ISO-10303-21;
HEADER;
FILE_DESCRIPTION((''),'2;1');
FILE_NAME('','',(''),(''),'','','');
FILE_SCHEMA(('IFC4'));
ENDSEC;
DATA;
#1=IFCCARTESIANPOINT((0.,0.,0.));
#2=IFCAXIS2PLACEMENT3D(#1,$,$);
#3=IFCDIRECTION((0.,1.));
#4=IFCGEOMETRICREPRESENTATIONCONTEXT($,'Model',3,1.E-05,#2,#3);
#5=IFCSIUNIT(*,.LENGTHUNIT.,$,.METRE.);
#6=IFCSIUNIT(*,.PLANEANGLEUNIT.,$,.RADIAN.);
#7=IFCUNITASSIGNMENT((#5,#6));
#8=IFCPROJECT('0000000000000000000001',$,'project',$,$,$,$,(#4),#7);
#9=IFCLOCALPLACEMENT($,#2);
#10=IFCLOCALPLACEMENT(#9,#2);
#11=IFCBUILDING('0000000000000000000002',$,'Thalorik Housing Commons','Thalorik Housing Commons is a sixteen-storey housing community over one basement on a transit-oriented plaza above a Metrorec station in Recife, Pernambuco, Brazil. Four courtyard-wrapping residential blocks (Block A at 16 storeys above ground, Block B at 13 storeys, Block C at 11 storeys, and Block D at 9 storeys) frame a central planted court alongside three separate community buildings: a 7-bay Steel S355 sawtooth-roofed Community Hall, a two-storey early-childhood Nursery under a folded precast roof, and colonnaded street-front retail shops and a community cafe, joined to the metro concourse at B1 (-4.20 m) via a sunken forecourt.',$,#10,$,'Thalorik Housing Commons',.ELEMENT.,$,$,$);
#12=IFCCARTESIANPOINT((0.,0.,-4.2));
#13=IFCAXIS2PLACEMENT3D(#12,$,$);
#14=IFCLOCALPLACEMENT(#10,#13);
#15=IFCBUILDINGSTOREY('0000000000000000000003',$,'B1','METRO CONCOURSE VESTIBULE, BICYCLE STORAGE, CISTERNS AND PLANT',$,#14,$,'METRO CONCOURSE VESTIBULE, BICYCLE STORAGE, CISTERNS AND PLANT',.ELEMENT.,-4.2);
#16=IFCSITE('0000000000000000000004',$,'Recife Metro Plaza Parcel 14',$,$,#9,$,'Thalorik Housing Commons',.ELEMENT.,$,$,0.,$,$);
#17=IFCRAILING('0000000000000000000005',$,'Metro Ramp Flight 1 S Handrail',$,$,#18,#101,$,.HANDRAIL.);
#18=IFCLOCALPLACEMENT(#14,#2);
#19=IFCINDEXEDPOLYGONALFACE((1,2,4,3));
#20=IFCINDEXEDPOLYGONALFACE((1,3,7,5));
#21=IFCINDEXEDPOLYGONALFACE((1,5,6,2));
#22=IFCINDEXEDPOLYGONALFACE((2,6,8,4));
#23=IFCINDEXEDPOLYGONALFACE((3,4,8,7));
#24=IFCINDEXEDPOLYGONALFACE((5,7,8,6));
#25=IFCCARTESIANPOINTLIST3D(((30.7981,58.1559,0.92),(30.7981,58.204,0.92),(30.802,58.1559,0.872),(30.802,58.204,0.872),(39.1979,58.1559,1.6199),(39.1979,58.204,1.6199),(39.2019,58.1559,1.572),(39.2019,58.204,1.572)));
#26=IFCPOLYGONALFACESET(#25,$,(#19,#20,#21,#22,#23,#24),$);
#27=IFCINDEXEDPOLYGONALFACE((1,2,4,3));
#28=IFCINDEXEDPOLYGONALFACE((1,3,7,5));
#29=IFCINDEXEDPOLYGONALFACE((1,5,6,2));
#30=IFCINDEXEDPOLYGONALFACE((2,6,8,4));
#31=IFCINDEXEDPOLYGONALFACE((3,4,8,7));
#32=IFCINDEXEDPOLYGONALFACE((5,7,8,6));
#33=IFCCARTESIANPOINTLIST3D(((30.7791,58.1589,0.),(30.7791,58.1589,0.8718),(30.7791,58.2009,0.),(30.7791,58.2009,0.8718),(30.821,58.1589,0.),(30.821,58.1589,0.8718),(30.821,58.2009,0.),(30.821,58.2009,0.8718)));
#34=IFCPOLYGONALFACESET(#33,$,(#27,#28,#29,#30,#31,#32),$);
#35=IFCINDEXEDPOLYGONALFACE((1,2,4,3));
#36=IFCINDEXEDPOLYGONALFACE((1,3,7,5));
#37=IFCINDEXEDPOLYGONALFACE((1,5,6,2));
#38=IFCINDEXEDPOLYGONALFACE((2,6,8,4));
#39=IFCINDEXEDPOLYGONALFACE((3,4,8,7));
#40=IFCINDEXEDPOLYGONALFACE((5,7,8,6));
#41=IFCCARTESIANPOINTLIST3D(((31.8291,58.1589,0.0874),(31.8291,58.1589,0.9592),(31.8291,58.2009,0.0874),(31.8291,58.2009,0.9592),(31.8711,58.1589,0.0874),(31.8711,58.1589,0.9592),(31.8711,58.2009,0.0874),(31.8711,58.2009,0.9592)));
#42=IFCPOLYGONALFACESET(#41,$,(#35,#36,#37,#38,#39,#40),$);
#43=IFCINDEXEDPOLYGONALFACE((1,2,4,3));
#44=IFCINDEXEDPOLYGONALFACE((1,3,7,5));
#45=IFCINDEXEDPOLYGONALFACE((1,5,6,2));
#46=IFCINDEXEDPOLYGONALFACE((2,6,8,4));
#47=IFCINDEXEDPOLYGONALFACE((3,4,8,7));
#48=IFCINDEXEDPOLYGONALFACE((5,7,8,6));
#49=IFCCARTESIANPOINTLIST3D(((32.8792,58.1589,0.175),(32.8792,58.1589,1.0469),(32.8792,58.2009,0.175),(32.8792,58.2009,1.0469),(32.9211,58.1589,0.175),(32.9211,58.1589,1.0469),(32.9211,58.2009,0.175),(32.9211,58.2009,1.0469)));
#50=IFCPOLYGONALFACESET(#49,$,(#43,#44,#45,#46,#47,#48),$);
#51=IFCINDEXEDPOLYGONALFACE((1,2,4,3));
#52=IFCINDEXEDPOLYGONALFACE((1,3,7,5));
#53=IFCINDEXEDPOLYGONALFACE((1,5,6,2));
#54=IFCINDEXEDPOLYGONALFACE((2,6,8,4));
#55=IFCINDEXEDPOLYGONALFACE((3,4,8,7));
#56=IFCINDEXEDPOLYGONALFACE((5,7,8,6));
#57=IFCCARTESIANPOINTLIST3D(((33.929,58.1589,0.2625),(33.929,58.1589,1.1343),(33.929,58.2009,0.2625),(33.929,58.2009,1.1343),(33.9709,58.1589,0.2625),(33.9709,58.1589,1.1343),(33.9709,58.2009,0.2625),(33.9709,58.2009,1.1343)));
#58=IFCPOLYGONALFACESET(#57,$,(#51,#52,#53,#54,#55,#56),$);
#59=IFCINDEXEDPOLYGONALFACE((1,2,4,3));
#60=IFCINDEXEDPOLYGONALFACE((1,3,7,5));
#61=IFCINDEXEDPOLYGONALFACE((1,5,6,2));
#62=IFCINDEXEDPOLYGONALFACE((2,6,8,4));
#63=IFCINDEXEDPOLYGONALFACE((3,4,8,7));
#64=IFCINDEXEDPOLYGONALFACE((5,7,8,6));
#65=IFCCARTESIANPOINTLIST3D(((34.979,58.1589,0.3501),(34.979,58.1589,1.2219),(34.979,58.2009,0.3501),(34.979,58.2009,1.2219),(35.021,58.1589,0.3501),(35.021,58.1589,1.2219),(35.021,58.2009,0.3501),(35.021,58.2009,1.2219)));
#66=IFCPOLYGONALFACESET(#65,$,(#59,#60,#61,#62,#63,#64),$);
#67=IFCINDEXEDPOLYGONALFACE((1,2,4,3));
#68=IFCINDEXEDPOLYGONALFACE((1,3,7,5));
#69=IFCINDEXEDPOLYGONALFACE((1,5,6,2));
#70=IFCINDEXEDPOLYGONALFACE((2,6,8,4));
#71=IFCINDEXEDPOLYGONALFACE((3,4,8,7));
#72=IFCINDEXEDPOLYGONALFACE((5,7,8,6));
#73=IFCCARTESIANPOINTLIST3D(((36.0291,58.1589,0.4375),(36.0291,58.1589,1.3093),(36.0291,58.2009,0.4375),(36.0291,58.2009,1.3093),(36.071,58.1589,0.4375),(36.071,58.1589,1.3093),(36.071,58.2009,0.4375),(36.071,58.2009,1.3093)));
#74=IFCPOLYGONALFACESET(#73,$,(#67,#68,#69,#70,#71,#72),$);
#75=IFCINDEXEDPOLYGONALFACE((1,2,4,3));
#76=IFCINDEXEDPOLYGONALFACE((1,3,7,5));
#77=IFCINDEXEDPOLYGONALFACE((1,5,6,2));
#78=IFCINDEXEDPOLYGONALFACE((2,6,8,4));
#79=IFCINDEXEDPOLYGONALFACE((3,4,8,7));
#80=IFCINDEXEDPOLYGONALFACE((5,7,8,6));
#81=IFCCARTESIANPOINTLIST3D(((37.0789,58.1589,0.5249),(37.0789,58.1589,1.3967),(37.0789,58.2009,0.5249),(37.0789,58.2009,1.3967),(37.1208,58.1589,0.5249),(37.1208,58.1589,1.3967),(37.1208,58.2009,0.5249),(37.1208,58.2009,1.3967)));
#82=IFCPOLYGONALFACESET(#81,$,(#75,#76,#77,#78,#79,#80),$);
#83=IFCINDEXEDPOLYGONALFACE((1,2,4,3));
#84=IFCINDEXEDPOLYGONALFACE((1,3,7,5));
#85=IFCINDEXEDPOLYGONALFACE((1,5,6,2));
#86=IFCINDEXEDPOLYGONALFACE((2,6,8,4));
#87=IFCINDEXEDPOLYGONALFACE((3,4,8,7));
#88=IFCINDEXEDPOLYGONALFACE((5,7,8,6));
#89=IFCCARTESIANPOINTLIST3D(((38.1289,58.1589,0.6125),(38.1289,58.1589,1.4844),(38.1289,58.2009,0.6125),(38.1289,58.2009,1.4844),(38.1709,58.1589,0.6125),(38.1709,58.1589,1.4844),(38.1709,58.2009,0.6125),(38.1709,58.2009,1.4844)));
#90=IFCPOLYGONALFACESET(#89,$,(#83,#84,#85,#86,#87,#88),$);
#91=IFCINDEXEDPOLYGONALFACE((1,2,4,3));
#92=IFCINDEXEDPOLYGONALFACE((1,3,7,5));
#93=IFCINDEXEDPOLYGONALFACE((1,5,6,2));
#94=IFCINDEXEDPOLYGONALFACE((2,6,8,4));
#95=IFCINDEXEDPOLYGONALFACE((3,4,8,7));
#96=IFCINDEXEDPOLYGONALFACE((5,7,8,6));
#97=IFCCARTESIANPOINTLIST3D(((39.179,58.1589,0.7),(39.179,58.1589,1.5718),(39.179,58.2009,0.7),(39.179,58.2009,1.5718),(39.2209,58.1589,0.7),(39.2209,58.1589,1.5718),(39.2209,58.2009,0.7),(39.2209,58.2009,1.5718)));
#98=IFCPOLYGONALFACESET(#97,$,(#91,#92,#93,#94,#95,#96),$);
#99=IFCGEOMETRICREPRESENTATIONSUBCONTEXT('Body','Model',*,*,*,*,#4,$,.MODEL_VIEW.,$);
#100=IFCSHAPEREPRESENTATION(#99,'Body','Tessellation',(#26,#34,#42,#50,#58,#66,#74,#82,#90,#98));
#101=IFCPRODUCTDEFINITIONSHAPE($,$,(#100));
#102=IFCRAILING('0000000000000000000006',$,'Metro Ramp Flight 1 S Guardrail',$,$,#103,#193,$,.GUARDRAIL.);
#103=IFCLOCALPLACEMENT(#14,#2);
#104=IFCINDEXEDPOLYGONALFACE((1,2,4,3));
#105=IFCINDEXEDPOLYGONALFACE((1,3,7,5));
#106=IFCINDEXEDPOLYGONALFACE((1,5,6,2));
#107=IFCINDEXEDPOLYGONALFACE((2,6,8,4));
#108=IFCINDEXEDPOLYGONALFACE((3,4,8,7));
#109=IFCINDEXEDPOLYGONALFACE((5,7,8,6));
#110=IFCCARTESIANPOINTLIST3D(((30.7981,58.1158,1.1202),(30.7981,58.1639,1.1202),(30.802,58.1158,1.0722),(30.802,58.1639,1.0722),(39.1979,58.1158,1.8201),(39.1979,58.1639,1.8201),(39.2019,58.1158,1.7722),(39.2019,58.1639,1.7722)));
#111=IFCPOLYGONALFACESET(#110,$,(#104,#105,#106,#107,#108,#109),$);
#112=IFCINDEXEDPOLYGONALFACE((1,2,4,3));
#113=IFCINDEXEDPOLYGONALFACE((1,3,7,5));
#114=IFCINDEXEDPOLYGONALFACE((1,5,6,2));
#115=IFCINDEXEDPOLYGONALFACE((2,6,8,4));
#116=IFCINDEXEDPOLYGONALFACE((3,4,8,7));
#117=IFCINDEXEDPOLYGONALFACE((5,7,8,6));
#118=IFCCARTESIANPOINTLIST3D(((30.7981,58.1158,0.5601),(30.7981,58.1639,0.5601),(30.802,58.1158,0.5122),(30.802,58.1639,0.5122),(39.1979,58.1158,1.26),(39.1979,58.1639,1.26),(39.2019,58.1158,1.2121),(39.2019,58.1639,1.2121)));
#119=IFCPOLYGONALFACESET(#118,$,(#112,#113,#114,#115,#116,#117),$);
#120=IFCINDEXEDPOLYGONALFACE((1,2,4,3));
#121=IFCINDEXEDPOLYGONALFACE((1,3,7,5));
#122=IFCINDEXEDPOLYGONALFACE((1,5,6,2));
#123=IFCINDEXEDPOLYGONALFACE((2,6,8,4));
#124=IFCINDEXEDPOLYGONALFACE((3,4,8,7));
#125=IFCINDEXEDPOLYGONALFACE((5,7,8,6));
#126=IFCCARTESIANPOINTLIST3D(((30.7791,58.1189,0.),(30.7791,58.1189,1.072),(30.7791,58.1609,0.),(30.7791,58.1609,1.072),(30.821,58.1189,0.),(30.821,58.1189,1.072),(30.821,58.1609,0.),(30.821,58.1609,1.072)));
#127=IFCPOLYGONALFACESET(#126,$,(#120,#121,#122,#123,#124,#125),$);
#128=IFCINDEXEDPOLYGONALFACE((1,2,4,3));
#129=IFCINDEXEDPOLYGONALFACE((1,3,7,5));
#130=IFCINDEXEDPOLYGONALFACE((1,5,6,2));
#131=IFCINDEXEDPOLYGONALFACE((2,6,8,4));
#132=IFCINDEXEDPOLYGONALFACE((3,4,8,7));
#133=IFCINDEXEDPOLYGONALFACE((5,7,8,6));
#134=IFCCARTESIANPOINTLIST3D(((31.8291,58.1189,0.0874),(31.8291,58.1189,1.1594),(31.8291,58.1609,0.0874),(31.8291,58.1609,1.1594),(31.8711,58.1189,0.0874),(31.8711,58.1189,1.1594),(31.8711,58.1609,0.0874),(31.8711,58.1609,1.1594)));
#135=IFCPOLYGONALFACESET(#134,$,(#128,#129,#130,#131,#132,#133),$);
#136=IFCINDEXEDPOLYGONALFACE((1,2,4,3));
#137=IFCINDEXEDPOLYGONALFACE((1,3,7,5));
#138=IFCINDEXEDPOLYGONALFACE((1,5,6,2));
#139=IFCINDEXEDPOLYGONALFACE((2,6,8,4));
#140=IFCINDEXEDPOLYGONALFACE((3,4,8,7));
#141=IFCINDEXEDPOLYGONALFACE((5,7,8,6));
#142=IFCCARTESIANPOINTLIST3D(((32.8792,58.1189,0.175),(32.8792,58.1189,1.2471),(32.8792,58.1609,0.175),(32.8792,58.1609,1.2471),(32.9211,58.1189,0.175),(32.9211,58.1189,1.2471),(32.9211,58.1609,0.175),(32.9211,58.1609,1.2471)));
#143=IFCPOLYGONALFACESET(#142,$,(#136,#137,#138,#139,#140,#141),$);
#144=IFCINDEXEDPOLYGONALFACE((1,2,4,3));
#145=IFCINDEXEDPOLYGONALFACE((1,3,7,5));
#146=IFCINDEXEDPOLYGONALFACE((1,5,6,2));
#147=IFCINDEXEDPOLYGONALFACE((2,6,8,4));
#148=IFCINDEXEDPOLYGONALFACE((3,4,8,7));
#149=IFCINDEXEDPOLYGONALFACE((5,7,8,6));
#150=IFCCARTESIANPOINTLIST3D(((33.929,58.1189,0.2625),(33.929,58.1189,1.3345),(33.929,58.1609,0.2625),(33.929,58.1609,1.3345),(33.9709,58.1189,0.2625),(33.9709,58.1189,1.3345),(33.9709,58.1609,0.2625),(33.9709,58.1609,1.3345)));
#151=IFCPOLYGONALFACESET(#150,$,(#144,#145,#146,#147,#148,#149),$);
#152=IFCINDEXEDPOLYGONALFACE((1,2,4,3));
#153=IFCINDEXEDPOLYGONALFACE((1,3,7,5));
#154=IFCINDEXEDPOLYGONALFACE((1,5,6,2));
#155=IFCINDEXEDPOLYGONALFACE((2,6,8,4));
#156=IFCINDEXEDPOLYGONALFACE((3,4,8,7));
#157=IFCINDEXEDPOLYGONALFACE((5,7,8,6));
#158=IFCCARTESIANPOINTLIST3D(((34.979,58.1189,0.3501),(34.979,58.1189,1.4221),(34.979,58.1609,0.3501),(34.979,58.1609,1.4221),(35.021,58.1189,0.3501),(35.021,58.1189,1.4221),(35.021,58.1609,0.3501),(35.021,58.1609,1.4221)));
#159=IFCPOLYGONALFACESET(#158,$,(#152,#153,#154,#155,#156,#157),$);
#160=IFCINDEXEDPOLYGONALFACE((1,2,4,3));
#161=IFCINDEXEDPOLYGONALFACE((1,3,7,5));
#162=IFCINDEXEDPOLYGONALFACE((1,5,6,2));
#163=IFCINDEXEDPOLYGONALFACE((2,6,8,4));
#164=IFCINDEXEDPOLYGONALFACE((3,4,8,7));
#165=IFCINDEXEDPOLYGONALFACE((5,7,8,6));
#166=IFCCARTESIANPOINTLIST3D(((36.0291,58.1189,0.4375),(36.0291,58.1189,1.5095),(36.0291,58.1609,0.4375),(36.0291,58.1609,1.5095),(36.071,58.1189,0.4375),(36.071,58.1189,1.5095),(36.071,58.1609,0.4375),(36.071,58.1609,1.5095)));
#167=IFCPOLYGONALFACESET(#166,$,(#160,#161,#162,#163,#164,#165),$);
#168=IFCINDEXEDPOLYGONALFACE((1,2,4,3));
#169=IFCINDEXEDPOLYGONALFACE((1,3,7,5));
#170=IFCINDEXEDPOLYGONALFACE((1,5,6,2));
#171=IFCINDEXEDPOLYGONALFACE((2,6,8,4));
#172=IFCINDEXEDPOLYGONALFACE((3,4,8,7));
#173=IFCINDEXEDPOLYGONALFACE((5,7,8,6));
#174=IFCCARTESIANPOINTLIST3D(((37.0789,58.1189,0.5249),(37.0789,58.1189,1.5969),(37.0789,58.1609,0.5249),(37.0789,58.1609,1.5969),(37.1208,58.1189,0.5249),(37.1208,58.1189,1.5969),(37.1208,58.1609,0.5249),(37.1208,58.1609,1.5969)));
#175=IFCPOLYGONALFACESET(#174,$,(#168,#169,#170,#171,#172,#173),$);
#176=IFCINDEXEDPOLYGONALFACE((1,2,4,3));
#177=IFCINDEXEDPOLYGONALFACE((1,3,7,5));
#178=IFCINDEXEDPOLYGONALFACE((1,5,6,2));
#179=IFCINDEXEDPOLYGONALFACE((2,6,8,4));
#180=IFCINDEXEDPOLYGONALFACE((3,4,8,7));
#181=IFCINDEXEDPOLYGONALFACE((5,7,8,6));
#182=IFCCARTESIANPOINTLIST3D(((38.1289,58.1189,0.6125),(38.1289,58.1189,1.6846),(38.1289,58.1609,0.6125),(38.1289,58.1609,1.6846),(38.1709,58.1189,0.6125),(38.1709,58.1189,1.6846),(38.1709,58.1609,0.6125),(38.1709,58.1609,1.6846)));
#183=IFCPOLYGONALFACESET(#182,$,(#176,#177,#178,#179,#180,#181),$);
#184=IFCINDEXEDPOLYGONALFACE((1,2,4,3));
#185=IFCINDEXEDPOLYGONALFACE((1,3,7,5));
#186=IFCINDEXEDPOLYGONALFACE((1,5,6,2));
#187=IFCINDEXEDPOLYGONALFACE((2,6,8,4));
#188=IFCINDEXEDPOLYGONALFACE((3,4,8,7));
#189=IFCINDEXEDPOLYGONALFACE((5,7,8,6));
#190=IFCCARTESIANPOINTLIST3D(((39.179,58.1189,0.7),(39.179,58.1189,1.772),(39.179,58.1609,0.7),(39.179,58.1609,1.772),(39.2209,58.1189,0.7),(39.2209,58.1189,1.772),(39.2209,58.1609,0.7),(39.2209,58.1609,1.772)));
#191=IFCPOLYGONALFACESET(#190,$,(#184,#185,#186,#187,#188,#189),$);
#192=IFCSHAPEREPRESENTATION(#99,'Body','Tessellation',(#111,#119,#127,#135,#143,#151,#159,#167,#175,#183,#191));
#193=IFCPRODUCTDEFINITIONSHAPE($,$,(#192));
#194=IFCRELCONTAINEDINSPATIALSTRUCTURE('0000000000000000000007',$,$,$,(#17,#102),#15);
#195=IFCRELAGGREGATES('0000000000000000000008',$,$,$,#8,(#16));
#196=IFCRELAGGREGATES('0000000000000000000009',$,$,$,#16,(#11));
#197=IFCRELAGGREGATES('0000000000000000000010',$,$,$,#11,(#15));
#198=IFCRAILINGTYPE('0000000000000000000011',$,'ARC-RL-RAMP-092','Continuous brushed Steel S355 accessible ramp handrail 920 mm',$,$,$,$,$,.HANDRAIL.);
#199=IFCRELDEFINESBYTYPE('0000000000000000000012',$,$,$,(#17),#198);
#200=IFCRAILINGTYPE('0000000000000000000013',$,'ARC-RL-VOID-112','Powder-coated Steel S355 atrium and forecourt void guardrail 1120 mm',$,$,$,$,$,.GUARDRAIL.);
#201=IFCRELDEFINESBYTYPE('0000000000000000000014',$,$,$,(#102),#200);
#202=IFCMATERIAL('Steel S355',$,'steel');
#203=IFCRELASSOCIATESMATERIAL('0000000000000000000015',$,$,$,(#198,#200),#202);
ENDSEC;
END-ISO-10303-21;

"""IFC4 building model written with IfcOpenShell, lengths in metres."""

from ifc_helpers import new_model, si_unit, direction, frame, origin, origin_2d, place, context, subcontext, project, spatial, rectangle, extrude, material, type_object, element, save


model = new_model("IFC4")

# Units and contexts
model_context = context("Model", 3, precision=1e-05, world=origin(), true_north=direction((0.0, 1.0)))
body_context = subcontext(model_context, "Body", "Model", "MODEL_VIEW")
ifc_project = project(units=[si_unit("LENGTHUNIT", "METRE"), si_unit("PLANEANGLEUNIT", "RADIAN")], contexts=[model_context])

# Site, building, storey
site_placement = place(None, origin())
site = spatial("IfcSite", under=ifc_project, at=site_placement, Name="Recife Metro Plaza Parcel 14", LongName="Thalorik Housing Commons", CompositionType="ELEMENT", RefElevation=0.0)
building_placement = place(site_placement, origin())
building = spatial("IfcBuilding", under=site, at=building_placement, Name="Thalorik Housing Commons", Description="Thalorik Housing Commons is a sixteen-storey housing community over one basement on a transit-oriented plaza above a Metrorec station in Recife, Pernambuco, Brazil. Four courtyard-wrapping residential blocks (Block A at 16 storeys above ground, Block B at 13 storeys, Block C at 11 storeys, and Block D at 9 storeys) frame a central planted court alongside three separate community buildings: a 7-bay Steel S355 sawtooth-roofed Community Hall, a two-storey early-childhood Nursery under a folded precast roof, and colonnaded street-front retail shops and a community cafe, joined to the metro concourse at B1 (-4.20 m) via a sunken forecourt.", LongName="Thalorik Housing Commons", CompositionType="ELEMENT")
storey_placement = place(building_placement, frame((0.0, 0.0, -4.2)))
storey = spatial("IfcBuildingStorey", under=building, at=storey_placement, Name="B1", Description="METRO CONCOURSE VESTIBULE, BICYCLE STORAGE, CISTERNS AND PLANT", LongName="METRO CONCOURSE VESTIBULE, BICYCLE STORAGE, CISTERNS AND PLANT", CompositionType="ELEMENT", Elevation=-4.2)

# Railings
ifc_material_1 = material(Name="Steel S355", Category="steel")
railing_type_1 = type_object("IfcRailingType", Name="ARC-RL-RAMP-092", Description="Continuous brushed Steel S355 accessible ramp handrail 920 mm", PredefinedType="HANDRAIL", material=ifc_material_1)
railing_1_placement = place(storey_placement, frame((30.8, 58.1799, 0.0)))
element("IfcRailing", 1, at=railing_1_placement, inside=storey, type_object=railing_type_1, Name="Metro Ramp Flight 1 S Handrail", PredefinedType="HANDRAIL", context=body_context, shape_type="SweptSolid", body=[
    extrude(rectangle(XDim=0.0481, YDim=0.0481, at=origin_2d()), frame((0.0, 0.0, 0.896), z_axis=(0.996546, 0.0, 0.083041), x_axis=(0.0, 1.0, 0.0)), (0.0, 0.0, 1.0), 8.429),
    extrude(rectangle(XDim=0.042, YDim=0.042, at=origin_2d()), origin(), (0.0, 0.0, 1.0), 0.8718),
    extrude(rectangle(XDim=0.042, YDim=0.042, at=origin_2d()), frame((1.05, 0.0, 0.0874)), (0.0, 0.0, 1.0), 0.8718),
    extrude(rectangle(XDim=0.042, YDim=0.042, at=origin_2d()), frame((2.1001, 0.0, 0.175)), (0.0, 0.0, 1.0), 0.8718),
    extrude(rectangle(XDim=0.042, YDim=0.042, at=origin_2d()), frame((3.1499, 0.0, 0.2625)), (0.0, 0.0, 1.0), 0.8718),
    extrude(rectangle(XDim=0.042, YDim=0.042, at=origin_2d()), frame((4.2, 0.0, 0.3501)), (0.0, 0.0, 1.0), 0.8718),
    extrude(rectangle(XDim=0.042, YDim=0.042, at=origin_2d()), frame((5.25, 0.0, 0.4375)), (0.0, 0.0, 1.0), 0.8718),
    extrude(rectangle(XDim=0.042, YDim=0.042, at=origin_2d()), frame((6.2998, 0.0, 0.5249)), (0.0, 0.0, 1.0), 0.8718),
    extrude(rectangle(XDim=0.042, YDim=0.042, at=origin_2d()), frame((7.3499, 0.0, 0.6125)), (0.0, 0.0, 1.0), 0.8718),
    extrude(rectangle(XDim=0.042, YDim=0.042, at=origin_2d()), frame((8.3999, 0.0, 0.7)), (0.0, 0.0, 1.0), 0.8718),
])
railing_type_2 = type_object("IfcRailingType", Name="ARC-RL-VOID-112", Description="Powder-coated Steel S355 atrium and forecourt void guardrail 1120 mm", PredefinedType="GUARDRAIL", material=ifc_material_1)
railing_2_placement = place(storey_placement, frame((30.8, 58.1399, 0.0)))
element("IfcRailing", 2, at=railing_2_placement, inside=storey, type_object=railing_type_2, Name="Metro Ramp Flight 1 S Guardrail", PredefinedType="GUARDRAIL", context=body_context, shape_type="SweptSolid", body=[
    extrude(rectangle(XDim=0.0481, YDim=0.0481, at=origin_2d()), frame((0.0, 0.0, 1.0962), z_axis=(0.996546, 0.0, 0.083041), x_axis=(0.0, 1.0, 0.0)), (0.0, 0.0, 1.0), 8.429),
    extrude(rectangle(XDim=0.0481, YDim=0.0481, at=origin_2d()), frame((0.0, 0.0, 0.5361), z_axis=(0.996546, 0.0, 0.083041), x_axis=(0.0, 1.0, 0.0)), (0.0, 0.0, 1.0), 8.429),
    extrude(rectangle(XDim=0.042, YDim=0.042, at=origin_2d()), origin(), (0.0, 0.0, 1.0), 1.072),
    extrude(rectangle(XDim=0.042, YDim=0.042, at=origin_2d()), frame((1.05, 0.0, 0.0874)), (0.0, 0.0, 1.0), 1.072),
    extrude(rectangle(XDim=0.042, YDim=0.042, at=origin_2d()), frame((2.1001, 0.0, 0.175)), (0.0, 0.0, 1.0), 1.072),
    extrude(rectangle(XDim=0.042, YDim=0.042, at=origin_2d()), frame((3.1499, 0.0, 0.2625)), (0.0, 0.0, 1.0), 1.072),
    extrude(rectangle(XDim=0.042, YDim=0.042, at=origin_2d()), frame((4.2, 0.0, 0.3501)), (0.0, 0.0, 1.0), 1.072),
    extrude(rectangle(XDim=0.042, YDim=0.042, at=origin_2d()), frame((5.25, 0.0, 0.4375)), (0.0, 0.0, 1.0), 1.072),
    extrude(rectangle(XDim=0.042, YDim=0.042, at=origin_2d()), frame((6.2998, 0.0, 0.5249)), (0.0, 0.0, 1.0), 1.072),
    extrude(rectangle(XDim=0.042, YDim=0.042, at=origin_2d()), frame((7.3499, 0.0, 0.6125)), (0.0, 0.0, 1.0), 1.072),
    extrude(rectangle(XDim=0.042, YDim=0.042, at=origin_2d()), frame((8.3999, 0.0, 0.7)), (0.0, 0.0, 1.0), 1.072),
])

save(model, "model.ifc")
